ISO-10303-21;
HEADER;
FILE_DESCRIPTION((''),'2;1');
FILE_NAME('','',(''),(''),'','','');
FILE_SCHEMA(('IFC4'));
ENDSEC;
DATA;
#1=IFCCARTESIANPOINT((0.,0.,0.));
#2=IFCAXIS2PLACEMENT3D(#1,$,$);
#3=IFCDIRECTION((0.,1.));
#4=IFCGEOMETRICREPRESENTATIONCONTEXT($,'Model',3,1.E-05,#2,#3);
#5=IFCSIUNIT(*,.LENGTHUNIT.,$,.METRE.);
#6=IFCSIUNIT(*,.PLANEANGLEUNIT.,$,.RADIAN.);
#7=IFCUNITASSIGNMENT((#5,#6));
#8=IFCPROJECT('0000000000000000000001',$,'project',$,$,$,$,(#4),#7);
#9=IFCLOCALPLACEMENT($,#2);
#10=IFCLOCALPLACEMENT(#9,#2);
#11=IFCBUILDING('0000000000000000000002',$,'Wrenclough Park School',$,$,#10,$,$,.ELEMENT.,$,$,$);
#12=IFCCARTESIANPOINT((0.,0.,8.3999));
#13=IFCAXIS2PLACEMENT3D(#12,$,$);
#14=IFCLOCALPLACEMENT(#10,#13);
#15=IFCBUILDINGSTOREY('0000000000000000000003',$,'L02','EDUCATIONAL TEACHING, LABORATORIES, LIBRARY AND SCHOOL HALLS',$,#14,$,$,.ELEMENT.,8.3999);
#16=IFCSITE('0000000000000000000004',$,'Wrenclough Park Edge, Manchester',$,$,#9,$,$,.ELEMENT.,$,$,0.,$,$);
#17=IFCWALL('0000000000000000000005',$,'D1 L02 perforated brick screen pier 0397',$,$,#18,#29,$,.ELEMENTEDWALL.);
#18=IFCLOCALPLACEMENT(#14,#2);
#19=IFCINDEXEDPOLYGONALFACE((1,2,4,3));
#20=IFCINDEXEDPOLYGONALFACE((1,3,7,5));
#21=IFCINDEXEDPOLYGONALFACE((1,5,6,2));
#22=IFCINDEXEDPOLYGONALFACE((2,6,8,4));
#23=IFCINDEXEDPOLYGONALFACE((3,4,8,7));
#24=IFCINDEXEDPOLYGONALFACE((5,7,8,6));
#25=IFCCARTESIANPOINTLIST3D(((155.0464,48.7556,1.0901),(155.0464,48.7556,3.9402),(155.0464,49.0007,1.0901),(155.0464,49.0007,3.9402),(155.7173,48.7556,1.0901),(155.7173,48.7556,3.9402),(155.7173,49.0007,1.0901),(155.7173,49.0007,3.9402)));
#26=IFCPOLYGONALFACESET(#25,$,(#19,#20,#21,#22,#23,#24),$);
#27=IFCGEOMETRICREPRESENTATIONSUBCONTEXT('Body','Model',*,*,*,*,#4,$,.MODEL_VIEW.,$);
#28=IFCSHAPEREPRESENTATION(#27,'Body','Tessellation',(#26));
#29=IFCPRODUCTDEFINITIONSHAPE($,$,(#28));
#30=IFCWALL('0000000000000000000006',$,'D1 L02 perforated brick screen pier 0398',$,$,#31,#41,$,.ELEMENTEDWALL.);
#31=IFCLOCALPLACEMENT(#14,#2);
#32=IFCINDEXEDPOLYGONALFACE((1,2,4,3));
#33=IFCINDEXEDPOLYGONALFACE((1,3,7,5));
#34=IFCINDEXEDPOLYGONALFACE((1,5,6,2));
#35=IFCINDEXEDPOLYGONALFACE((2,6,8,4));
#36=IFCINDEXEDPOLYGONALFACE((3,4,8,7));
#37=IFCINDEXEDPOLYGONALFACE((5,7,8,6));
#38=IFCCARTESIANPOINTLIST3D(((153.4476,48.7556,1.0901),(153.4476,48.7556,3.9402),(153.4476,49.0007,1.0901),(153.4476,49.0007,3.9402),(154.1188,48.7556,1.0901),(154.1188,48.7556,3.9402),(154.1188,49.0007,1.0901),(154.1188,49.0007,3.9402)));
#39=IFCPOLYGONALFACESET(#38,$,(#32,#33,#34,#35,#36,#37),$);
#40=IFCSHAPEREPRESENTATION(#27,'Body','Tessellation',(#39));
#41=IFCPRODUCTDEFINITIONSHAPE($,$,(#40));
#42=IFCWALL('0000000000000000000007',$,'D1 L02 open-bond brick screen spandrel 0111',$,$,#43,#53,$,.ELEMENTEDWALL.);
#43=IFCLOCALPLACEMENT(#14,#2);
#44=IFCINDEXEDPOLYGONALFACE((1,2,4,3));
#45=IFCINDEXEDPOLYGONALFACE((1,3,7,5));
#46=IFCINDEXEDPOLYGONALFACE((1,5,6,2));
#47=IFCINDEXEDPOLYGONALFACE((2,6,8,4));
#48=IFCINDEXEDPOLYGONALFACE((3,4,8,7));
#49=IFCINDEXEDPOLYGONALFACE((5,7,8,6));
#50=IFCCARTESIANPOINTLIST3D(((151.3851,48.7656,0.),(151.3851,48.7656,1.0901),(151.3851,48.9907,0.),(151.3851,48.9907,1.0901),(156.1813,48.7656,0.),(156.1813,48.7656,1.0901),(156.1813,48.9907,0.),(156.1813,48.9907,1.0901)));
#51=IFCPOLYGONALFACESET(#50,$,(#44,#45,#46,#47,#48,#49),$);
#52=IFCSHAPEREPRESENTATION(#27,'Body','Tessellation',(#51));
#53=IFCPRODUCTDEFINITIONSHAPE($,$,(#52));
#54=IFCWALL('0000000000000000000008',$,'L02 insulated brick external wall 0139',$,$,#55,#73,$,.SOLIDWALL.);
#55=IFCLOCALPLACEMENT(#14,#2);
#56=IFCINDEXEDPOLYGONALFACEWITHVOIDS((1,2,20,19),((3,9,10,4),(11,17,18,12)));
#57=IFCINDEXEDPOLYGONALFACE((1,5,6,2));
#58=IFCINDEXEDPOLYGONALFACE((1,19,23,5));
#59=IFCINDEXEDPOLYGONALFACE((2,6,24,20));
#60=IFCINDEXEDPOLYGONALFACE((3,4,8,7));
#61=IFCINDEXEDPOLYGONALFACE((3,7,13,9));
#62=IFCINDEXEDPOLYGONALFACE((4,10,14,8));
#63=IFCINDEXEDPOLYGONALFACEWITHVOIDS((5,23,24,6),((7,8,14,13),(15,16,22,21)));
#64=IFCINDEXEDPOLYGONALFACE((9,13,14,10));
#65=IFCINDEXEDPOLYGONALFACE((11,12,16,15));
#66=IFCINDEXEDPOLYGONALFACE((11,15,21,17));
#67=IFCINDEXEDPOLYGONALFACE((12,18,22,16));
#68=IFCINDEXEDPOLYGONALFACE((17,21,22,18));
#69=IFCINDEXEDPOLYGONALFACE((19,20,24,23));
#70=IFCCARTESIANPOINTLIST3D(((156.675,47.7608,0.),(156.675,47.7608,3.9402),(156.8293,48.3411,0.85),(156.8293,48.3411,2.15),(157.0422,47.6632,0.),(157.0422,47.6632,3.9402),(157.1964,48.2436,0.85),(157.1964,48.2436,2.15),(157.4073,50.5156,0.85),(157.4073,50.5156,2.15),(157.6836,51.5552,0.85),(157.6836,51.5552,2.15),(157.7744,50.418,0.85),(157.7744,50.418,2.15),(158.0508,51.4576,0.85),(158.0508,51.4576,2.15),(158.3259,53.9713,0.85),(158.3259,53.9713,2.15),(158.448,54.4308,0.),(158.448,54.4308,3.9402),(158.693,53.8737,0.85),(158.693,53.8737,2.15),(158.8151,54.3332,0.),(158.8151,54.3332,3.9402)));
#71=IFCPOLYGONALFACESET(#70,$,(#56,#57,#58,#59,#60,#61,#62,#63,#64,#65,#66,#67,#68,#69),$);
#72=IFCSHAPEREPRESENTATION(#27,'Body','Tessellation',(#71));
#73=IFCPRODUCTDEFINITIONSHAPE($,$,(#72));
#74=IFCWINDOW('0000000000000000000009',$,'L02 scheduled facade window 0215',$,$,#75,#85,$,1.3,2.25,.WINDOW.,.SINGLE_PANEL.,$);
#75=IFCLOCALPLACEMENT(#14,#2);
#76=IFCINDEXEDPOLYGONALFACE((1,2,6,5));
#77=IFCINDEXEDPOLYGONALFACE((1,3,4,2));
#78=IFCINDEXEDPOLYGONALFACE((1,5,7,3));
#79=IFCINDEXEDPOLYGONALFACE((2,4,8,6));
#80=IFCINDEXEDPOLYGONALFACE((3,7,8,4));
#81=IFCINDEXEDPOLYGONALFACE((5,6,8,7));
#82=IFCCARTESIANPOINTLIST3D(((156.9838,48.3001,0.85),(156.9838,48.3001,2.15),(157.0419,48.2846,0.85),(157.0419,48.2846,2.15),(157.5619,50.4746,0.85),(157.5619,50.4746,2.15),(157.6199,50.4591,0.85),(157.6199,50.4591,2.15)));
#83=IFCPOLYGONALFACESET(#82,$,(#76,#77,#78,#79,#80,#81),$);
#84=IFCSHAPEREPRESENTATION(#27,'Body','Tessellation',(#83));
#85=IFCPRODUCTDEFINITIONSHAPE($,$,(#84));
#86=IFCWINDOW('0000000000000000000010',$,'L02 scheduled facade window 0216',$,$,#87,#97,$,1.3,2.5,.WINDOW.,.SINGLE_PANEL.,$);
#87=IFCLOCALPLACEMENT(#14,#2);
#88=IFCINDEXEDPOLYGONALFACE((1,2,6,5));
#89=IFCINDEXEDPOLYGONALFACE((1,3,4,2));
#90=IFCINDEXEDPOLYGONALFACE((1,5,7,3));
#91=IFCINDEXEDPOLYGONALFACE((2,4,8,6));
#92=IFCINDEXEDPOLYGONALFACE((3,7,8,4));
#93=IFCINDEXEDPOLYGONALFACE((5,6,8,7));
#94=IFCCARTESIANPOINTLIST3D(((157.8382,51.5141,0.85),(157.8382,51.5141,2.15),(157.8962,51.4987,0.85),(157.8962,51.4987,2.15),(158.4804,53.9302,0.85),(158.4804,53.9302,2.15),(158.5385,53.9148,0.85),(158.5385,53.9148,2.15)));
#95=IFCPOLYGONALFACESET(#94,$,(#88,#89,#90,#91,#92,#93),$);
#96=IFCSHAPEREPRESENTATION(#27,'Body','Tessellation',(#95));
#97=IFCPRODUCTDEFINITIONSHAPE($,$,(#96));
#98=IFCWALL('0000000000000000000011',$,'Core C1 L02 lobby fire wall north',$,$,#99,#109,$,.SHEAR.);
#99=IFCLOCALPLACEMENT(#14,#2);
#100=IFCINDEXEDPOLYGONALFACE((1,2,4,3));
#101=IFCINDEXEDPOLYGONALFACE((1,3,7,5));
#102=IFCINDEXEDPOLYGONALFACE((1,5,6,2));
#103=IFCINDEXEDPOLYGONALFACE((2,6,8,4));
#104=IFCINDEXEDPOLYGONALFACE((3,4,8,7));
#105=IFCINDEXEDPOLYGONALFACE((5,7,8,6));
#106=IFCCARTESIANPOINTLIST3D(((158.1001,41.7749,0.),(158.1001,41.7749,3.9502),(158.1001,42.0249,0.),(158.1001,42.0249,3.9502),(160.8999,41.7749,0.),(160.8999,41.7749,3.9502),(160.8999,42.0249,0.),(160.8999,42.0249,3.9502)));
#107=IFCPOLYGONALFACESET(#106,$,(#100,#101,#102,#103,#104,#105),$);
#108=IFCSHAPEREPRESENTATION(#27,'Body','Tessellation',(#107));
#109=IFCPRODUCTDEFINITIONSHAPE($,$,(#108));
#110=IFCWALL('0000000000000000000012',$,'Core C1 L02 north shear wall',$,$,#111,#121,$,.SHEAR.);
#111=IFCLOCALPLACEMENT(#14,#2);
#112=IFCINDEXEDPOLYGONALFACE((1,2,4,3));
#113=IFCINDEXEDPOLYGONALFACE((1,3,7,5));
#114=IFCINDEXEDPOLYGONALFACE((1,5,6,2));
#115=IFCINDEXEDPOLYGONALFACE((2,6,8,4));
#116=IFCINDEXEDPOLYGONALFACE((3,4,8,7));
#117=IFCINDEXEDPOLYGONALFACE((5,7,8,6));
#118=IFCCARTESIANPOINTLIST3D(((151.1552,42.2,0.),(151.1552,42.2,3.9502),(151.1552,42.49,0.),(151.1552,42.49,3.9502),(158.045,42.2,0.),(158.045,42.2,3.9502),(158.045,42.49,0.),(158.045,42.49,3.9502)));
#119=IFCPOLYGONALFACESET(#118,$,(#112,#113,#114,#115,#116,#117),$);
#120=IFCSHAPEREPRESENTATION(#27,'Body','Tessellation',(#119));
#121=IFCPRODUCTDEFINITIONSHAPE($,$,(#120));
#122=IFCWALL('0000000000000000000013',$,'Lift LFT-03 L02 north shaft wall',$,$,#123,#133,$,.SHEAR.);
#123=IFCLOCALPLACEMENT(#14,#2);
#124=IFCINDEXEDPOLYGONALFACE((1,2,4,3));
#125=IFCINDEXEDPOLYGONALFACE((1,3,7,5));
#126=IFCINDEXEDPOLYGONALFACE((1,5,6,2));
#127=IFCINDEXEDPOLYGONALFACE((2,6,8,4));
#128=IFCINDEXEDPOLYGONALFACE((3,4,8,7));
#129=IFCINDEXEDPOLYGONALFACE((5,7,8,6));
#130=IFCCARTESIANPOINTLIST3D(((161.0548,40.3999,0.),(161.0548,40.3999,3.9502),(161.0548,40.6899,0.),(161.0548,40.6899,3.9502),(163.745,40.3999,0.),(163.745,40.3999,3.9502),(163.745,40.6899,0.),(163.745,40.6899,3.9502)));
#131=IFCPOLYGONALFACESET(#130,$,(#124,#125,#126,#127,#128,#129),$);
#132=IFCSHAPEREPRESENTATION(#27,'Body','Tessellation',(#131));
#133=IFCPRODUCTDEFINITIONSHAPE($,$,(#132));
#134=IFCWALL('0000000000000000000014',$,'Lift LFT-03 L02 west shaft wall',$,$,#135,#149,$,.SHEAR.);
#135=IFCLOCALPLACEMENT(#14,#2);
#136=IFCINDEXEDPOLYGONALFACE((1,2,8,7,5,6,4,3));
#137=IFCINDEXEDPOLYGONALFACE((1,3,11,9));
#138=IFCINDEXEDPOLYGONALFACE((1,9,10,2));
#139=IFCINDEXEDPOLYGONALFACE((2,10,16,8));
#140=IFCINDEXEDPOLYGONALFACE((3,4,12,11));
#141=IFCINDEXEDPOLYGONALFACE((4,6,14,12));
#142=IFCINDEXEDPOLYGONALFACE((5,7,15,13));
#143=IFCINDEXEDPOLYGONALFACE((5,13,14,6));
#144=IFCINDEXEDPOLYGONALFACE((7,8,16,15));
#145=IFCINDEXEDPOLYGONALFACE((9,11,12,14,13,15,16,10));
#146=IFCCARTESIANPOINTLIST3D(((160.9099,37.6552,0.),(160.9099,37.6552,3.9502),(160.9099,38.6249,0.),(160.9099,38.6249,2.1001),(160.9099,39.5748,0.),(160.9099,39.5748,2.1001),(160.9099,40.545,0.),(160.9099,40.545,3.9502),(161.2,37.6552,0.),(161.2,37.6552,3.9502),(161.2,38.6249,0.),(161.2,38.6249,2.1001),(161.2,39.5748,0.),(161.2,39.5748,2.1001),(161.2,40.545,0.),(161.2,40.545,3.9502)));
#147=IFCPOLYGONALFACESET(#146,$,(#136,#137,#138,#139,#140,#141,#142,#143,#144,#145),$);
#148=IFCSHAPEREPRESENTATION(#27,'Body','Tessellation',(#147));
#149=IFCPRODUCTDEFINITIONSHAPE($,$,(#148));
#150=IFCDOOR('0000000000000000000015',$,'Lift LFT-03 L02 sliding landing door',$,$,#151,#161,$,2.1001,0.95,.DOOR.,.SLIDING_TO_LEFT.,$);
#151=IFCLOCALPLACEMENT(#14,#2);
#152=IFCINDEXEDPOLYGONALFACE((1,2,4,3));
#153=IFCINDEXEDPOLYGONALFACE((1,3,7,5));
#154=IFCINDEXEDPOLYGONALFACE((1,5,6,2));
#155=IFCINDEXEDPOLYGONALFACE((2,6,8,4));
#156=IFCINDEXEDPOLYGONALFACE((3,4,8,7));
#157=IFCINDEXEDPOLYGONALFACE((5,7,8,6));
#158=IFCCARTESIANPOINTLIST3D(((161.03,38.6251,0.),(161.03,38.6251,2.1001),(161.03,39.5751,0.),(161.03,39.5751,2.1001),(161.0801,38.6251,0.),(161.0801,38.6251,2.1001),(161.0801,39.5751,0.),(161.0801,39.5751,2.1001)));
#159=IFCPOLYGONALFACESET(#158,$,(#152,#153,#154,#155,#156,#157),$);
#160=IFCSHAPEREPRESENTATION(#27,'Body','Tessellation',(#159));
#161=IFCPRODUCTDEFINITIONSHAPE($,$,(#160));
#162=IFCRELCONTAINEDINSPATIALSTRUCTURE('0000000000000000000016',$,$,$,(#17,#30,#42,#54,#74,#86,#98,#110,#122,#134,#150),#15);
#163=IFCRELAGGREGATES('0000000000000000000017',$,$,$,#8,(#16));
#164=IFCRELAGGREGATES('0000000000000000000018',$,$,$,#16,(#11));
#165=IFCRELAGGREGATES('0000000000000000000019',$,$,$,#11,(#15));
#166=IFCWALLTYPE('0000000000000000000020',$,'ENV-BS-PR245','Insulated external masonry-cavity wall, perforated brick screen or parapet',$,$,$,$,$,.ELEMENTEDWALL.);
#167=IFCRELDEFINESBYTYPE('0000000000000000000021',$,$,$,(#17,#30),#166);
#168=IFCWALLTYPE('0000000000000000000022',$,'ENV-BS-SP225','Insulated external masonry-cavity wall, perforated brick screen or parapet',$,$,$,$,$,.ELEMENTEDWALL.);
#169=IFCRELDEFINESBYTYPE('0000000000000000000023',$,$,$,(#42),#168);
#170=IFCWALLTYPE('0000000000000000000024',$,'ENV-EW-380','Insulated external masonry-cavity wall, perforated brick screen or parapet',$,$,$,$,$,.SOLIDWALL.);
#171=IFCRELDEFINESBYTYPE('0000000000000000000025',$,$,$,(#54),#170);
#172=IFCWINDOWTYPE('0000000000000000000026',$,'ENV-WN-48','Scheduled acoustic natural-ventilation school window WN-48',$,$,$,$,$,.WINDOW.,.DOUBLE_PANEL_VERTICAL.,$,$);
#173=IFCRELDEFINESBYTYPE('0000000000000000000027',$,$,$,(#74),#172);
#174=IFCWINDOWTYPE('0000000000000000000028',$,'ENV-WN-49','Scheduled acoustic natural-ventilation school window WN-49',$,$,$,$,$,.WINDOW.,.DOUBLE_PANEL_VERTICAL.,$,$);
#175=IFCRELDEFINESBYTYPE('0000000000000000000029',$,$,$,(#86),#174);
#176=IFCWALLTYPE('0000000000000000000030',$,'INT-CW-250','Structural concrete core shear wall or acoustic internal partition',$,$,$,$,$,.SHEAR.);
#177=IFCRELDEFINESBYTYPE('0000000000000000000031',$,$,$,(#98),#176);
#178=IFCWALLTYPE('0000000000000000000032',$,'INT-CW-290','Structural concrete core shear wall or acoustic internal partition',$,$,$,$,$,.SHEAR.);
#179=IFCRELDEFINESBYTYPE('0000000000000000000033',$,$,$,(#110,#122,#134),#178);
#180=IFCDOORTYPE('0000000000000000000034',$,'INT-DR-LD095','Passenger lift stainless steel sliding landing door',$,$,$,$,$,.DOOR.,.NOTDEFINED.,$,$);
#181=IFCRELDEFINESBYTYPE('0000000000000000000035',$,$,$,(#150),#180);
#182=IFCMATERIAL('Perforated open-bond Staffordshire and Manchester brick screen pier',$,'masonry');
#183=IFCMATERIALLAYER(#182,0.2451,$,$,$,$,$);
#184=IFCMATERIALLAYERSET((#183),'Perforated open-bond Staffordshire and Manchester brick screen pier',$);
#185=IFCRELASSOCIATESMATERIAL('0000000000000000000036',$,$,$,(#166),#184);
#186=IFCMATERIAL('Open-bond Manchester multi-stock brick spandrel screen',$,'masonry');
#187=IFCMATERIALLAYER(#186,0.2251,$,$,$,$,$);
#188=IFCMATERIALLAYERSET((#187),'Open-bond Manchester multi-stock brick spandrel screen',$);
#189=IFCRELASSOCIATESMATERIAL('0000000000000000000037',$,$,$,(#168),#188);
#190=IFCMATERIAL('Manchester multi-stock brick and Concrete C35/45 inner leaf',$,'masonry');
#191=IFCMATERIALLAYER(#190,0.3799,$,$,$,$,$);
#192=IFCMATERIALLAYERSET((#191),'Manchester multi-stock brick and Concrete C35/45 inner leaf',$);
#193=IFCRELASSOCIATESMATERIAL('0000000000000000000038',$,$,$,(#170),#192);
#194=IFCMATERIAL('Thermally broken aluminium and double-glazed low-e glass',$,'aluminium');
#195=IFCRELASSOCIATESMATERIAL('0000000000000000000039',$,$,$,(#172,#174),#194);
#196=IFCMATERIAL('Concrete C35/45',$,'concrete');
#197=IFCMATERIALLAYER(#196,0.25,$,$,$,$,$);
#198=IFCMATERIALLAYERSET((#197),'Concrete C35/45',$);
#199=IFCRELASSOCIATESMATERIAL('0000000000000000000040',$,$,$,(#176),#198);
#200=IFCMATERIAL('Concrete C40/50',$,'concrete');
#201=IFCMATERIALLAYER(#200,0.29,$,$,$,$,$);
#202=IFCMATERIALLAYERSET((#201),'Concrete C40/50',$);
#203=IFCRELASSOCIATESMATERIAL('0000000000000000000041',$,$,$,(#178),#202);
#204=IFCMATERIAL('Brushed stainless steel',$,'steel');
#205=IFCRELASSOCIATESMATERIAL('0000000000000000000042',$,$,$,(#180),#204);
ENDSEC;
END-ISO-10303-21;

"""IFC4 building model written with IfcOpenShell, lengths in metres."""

from ifc_helpers import new_model, si_unit, direction, frame, frame_2d, origin, place, context, subcontext, project, spatial, rectangle, extrude, material, layer, layer_set, type_object, element, fill, save


model = new_model("IFC4")

# Units and contexts
model_context = context("Model", 3, precision=1e-05, world=origin(), true_north=direction((0.0, 1.0)))
body_context = subcontext(model_context, "Body", "Model", "MODEL_VIEW")
ifc_project = project(units=[si_unit("LENGTHUNIT", "METRE"), si_unit("PLANEANGLEUNIT", "RADIAN")], contexts=[model_context])

# Site, building, storey
site_placement = place(None, origin())
site = spatial("IfcSite", under=ifc_project, at=site_placement, Name="Wrenclough Park Edge, Manchester", CompositionType="ELEMENT", RefElevation=0.0)
building_placement = place(site_placement, origin())
building = spatial("IfcBuilding", under=site, at=building_placement, Name="Wrenclough Park School", CompositionType="ELEMENT")
storey_placement = place(building_placement, frame((0.0, 0.0, 8.3999)))
storey = spatial("IfcBuildingStorey", under=building, at=storey_placement, Name="L02", Description="EDUCATIONAL TEACHING, LABORATORIES, LIBRARY AND SCHOOL HALLS", CompositionType="ELEMENT", Elevation=8.3999)

# Shared definitions
ifc_material_1 = material(Name="Concrete C40/50", Category="concrete")

# Walls
ifc_material_2 = material(Name="Perforated open-bond Staffordshire and Manchester brick screen pier", Category="masonry")
ifc_layer_1 = layer(ifc_material_2, 0.2451)
ifc_layer_set_1 = layer_set([ifc_layer_1], Name="Perforated open-bond Staffordshire and Manchester brick screen pier")
wall_type_1 = type_object("IfcWallType", Name="ENV-BS-PR245", Description="Insulated external masonry-cavity wall, perforated brick screen or parapet", PredefinedType="ELEMENTEDWALL", material=ifc_layer_set_1)
wall_1_placement = place(storey_placement, frame((155.7173, 48.8782, 1.0901), z_axis=(0.0, 0.0, 1.0), x_axis=(-1.0, 0.0, 0.0)))
element("IfcWall", 1, at=wall_1_placement, inside=storey, type_object=wall_type_1, Name="D1 L02 perforated brick screen pier 0397", PredefinedType="ELEMENTEDWALL", context=body_context, shape_type="SweptSolid", body=[
    extrude(rectangle(XDim=0.6709, YDim=0.2451, at=frame_2d((0.3354, 0.0))), origin(), (0.0, 0.0, 1.0), 2.8501),
])
wall_2_placement = place(storey_placement, frame((154.1187, 48.8782, 1.0901), z_axis=(0.0, 0.0, 1.0), x_axis=(-1.0, 0.0, 0.0)))
element("IfcWall", 2, at=wall_2_placement, inside=storey, type_object=wall_type_1, Name="D1 L02 perforated brick screen pier 0398", PredefinedType="ELEMENTEDWALL", context=body_context, shape_type="SweptSolid", body=[
    extrude(rectangle(XDim=0.6711, YDim=0.2451, at=frame_2d((0.3354, 0.0))), origin(), (0.0, 0.0, 1.0), 2.8501),
])
ifc_material_3 = material(Name="Open-bond Manchester multi-stock brick spandrel screen", Category="masonry")
ifc_layer_2 = layer(ifc_material_3, 0.2251)
ifc_layer_set_2 = layer_set([ifc_layer_2], Name="Open-bond Manchester multi-stock brick spandrel screen")
wall_type_2 = type_object("IfcWallType", Name="ENV-BS-SP225", Description="Insulated external masonry-cavity wall, perforated brick screen or parapet", PredefinedType="ELEMENTEDWALL", material=ifc_layer_set_2)
wall_3_placement = place(storey_placement, frame((156.1812, 48.8782, 0.0), z_axis=(0.0, 0.0, 1.0), x_axis=(-1.0, 0.0, 0.0)))
element("IfcWall", 3, at=wall_3_placement, inside=storey, type_object=wall_type_2, Name="D1 L02 open-bond brick screen spandrel 0111", PredefinedType="ELEMENTEDWALL", context=body_context, shape_type="SweptSolid", body=[
    extrude(rectangle(XDim=4.7961, YDim=0.2251, at=frame_2d((2.3979, 0.0))), origin(), (0.0, 0.0, 1.0), 1.0901),
])

# Wall, openings, windows
ifc_material_4 = material(Name="Manchester multi-stock brick and Concrete C35/45 inner leaf", Category="masonry")
ifc_layer_3 = layer(ifc_material_4, 0.3799)
ifc_layer_set_3 = layer_set([ifc_layer_3], Name="Manchester multi-stock brick and Concrete C35/45 inner leaf")
wall_type_3 = type_object("IfcWallType", Name="ENV-EW-380", Description="Insulated external masonry-cavity wall, perforated brick screen or parapet", PredefinedType="SOLIDWALL", material=ifc_layer_set_3)
wall_4_placement = place(storey_placement, frame((156.8586, 47.7122, 0.0), z_axis=(0.0, 0.0, 1.0), x_axis=(0.256892, 0.96644, 0.0)))
wall_4 = element("IfcWall", 4, at=wall_4_placement, inside=storey, type_object=wall_type_3, Name="L02 insulated brick external wall 0139", PredefinedType="SOLIDWALL", context=body_context, shape_type="SweptSolid", body=[
    extrude(rectangle(XDim=6.9016, YDim=0.3799, at=frame_2d((3.4507, 0.0))), origin(), (0.0, 0.0, 1.0), 3.9402),
])
opening_1_placement = place(wall_4_placement, frame((0.6003, 0.0, 0.8501)))
opening_1 = element("IfcOpeningElement", 5, at=opening_1_placement, cuts=wall_4, PredefinedType="OPENING", context=body_context, shape_type="SweptSolid", body=[
    extrude(rectangle(XDim=2.25, YDim=1.3, at=frame_2d((1.125, 0.6499))), frame((0.0, 0.2, 0.0), z_axis=(0.0, -1.0, 0.0), x_axis=(1.0, 0.0, 0.0)), (0.0, 0.0, 1.0), 0.3999),
])
opening_2_placement = place(wall_4_placement, frame((3.926, 0.0, 0.8501)))
opening_2 = element("IfcOpeningElement", 6, at=opening_2_placement, cuts=wall_4, PredefinedType="OPENING", context=body_context, shape_type="SweptSolid", body=[
    extrude(rectangle(XDim=2.5, YDim=1.3, at=frame_2d((1.25, 0.6499))), frame((0.0, 0.2, 0.0), z_axis=(0.0, -1.0, 0.0), x_axis=(1.0, 0.0, 0.0)), (0.0, 0.0, 1.0), 0.3999),
])
ifc_material_5 = material(Name="Thermally broken aluminium and double-glazed low-e glass", Category="aluminium")
window_type_1 = type_object("IfcWindowType", Name="ENV-WN-48", Description="Scheduled acoustic natural-ventilation school window WN-48", PartitioningType="DOUBLE_PANEL_VERTICAL", PredefinedType="WINDOW", material=ifc_material_5)
window_1_placement = place(opening_1_placement, origin())
window_1 = element("IfcWindow", 7, at=window_1_placement, inside=storey, type_object=window_type_1, Name="L02 scheduled facade window 0215", OverallHeight=1.3, OverallWidth=2.25, PartitioningType="SINGLE_PANEL", PredefinedType="WINDOW", context=body_context, shape_type="SweptSolid", body=[
    extrude(rectangle(XDim=2.25, YDim=1.3, at=frame_2d((1.125, 0.6499))), frame((0.0, 0.03, 0.0), z_axis=(0.0, -1.0, 0.0), x_axis=(1.0, 0.0, 0.0)), (0.0, 0.0, 1.0), 0.0601),
])
fill(opening_1, window_1)
window_type_2 = type_object("IfcWindowType", Name="ENV-WN-49", Description="Scheduled acoustic natural-ventilation school window WN-49", PartitioningType="DOUBLE_PANEL_VERTICAL", PredefinedType="WINDOW", material=ifc_material_5)
window_2_placement = place(opening_2_placement, origin())
window_2 = element("IfcWindow", 8, at=window_2_placement, inside=storey, type_object=window_type_2, Name="L02 scheduled facade window 0216", OverallHeight=1.3, OverallWidth=2.5, PartitioningType="SINGLE_PANEL", PredefinedType="WINDOW", context=body_context, shape_type="SweptSolid", body=[
    extrude(rectangle(XDim=2.5, YDim=1.3, at=frame_2d((1.25, 0.6499))), frame((0.0, 0.03, 0.0), z_axis=(0.0, -1.0, 0.0), x_axis=(1.0, 0.0, 0.0)), (0.0, 0.0, 1.0), 0.0601),
])
fill(opening_2, window_2)

# Walls
ifc_material_6 = material(Name="Concrete C35/45", Category="concrete")
ifc_layer_4 = layer(ifc_material_6, 0.25)
ifc_layer_set_4 = layer_set([ifc_layer_4], Name="Concrete C35/45")
wall_type_4 = type_object("IfcWallType", Name="INT-CW-250", Description="Structural concrete core shear wall or acoustic internal partition", PredefinedType="SHEAR", material=ifc_layer_set_4)
wall_5_placement = place(storey_placement, frame((160.8999, 41.8999, 0.0), z_axis=(0.0, 0.0, 1.0), x_axis=(-1.0, 0.0, 0.0)))
element("IfcWall", 9, at=wall_5_placement, inside=storey, type_object=wall_type_4, Name="Core C1 L02 lobby fire wall north", PredefinedType="SHEAR", context=body_context, shape_type="SweptSolid", body=[
    extrude(rectangle(XDim=2.7998, YDim=0.25, at=frame_2d((1.3999, 0.0))), origin(), (0.0, 0.0, 1.0), 3.9502),
])
ifc_layer_5 = layer(ifc_material_1, 0.29)
ifc_layer_set_5 = layer_set([ifc_layer_5], Name="Concrete C40/50")
wall_type_5 = type_object("IfcWallType", Name="INT-CW-290", Description="Structural concrete core shear wall or acoustic internal partition", PredefinedType="SHEAR", material=ifc_layer_set_5)
wall_6_placement = place(storey_placement, frame((158.0449, 42.345, 0.0), z_axis=(0.0, 0.0, 1.0), x_axis=(-1.0, 0.0, 0.0)))
element("IfcWall", 10, at=wall_6_placement, inside=storey, type_object=wall_type_5, Name="Core C1 L02 north shear wall", PredefinedType="SHEAR", context=body_context, shape_type="SweptSolid", body=[
    extrude(rectangle(XDim=6.8899, YDim=0.29, at=frame_2d((3.4448, 0.0))), origin(), (0.0, 0.0, 1.0), 3.9502),
])
wall_7_placement = place(storey_placement, frame((163.7451, 40.5449, 0.0), z_axis=(0.0, 0.0, 1.0), x_axis=(-1.0, 0.0, 0.0)))
element("IfcWall", 11, at=wall_7_placement, inside=storey, type_object=wall_type_5, Name="Lift LFT-03 L02 north shaft wall", PredefinedType="SHEAR", context=body_context, shape_type="SweptSolid", body=[
    extrude(rectangle(XDim=2.6902, YDim=0.29, at=frame_2d((1.3452, 0.0))), origin(), (0.0, 0.0, 1.0), 3.9502),
])

# Wall, opening, door
wall_8_placement = place(storey_placement, frame((161.0549, 40.5449, 0.0), z_axis=(0.0, 0.0, 1.0), x_axis=(0.0, -1.0, 0.0)))
wall_8 = element("IfcWall", 12, at=wall_8_placement, inside=storey, type_object=wall_type_5, Name="Lift LFT-03 L02 west shaft wall", PredefinedType="SHEAR", context=body_context, shape_type="SweptSolid", body=[
    extrude(rectangle(XDim=2.8899, YDim=0.29, at=frame_2d((1.4448, 0.0))), origin(), (0.0, 0.0, 1.0), 3.9502),
])
opening_3_placement = place(wall_8_placement, frame((0.97, 0.0, 0.0)))
opening_3 = element("IfcOpeningElement", 13, at=opening_3_placement, cuts=wall_8, PredefinedType="OPENING", context=body_context, shape_type="SweptSolid", body=[
    extrude(rectangle(XDim=0.95, YDim=2.1001, at=frame_2d((0.4751, 1.05))), frame((0.0, 0.155, 0.0), z_axis=(0.0, -1.0, 0.0), x_axis=(1.0, 0.0, 0.0)), (0.0, 0.0, 1.0), 0.3101),
])
ifc_material_7 = material(Name="Brushed stainless steel", Category="steel")
door_type = type_object("IfcDoorType", Name="INT-DR-LD095", Description="Passenger lift stainless steel sliding landing door", OperationType="NOTDEFINED", PredefinedType="DOOR", material=ifc_material_7)
door_placement = place(opening_3_placement, frame((0.95, 0.0, 0.0), z_axis=(0.0, 0.0, 1.0), x_axis=(-1.0, 0.0, 0.0)))
door = element("IfcDoor", 14, at=door_placement, inside=storey, type_object=door_type, Name="Lift LFT-03 L02 sliding landing door", OperationType="SLIDING_TO_LEFT", OverallHeight=2.1001, OverallWidth=0.95, PredefinedType="DOOR", context=body_context, shape_type="SweptSolid", body=[
    extrude(rectangle(XDim=0.95, YDim=2.1001, at=frame_2d((0.4751, 1.05))), frame((0.0, 0.0249, 0.0), z_axis=(0.0, -1.0, 0.0), x_axis=(1.0, 0.0, 0.0)), (0.0, 0.0, 1.0), 0.05),
])
fill(opening_3, door)

save(model, "model.ifc")
